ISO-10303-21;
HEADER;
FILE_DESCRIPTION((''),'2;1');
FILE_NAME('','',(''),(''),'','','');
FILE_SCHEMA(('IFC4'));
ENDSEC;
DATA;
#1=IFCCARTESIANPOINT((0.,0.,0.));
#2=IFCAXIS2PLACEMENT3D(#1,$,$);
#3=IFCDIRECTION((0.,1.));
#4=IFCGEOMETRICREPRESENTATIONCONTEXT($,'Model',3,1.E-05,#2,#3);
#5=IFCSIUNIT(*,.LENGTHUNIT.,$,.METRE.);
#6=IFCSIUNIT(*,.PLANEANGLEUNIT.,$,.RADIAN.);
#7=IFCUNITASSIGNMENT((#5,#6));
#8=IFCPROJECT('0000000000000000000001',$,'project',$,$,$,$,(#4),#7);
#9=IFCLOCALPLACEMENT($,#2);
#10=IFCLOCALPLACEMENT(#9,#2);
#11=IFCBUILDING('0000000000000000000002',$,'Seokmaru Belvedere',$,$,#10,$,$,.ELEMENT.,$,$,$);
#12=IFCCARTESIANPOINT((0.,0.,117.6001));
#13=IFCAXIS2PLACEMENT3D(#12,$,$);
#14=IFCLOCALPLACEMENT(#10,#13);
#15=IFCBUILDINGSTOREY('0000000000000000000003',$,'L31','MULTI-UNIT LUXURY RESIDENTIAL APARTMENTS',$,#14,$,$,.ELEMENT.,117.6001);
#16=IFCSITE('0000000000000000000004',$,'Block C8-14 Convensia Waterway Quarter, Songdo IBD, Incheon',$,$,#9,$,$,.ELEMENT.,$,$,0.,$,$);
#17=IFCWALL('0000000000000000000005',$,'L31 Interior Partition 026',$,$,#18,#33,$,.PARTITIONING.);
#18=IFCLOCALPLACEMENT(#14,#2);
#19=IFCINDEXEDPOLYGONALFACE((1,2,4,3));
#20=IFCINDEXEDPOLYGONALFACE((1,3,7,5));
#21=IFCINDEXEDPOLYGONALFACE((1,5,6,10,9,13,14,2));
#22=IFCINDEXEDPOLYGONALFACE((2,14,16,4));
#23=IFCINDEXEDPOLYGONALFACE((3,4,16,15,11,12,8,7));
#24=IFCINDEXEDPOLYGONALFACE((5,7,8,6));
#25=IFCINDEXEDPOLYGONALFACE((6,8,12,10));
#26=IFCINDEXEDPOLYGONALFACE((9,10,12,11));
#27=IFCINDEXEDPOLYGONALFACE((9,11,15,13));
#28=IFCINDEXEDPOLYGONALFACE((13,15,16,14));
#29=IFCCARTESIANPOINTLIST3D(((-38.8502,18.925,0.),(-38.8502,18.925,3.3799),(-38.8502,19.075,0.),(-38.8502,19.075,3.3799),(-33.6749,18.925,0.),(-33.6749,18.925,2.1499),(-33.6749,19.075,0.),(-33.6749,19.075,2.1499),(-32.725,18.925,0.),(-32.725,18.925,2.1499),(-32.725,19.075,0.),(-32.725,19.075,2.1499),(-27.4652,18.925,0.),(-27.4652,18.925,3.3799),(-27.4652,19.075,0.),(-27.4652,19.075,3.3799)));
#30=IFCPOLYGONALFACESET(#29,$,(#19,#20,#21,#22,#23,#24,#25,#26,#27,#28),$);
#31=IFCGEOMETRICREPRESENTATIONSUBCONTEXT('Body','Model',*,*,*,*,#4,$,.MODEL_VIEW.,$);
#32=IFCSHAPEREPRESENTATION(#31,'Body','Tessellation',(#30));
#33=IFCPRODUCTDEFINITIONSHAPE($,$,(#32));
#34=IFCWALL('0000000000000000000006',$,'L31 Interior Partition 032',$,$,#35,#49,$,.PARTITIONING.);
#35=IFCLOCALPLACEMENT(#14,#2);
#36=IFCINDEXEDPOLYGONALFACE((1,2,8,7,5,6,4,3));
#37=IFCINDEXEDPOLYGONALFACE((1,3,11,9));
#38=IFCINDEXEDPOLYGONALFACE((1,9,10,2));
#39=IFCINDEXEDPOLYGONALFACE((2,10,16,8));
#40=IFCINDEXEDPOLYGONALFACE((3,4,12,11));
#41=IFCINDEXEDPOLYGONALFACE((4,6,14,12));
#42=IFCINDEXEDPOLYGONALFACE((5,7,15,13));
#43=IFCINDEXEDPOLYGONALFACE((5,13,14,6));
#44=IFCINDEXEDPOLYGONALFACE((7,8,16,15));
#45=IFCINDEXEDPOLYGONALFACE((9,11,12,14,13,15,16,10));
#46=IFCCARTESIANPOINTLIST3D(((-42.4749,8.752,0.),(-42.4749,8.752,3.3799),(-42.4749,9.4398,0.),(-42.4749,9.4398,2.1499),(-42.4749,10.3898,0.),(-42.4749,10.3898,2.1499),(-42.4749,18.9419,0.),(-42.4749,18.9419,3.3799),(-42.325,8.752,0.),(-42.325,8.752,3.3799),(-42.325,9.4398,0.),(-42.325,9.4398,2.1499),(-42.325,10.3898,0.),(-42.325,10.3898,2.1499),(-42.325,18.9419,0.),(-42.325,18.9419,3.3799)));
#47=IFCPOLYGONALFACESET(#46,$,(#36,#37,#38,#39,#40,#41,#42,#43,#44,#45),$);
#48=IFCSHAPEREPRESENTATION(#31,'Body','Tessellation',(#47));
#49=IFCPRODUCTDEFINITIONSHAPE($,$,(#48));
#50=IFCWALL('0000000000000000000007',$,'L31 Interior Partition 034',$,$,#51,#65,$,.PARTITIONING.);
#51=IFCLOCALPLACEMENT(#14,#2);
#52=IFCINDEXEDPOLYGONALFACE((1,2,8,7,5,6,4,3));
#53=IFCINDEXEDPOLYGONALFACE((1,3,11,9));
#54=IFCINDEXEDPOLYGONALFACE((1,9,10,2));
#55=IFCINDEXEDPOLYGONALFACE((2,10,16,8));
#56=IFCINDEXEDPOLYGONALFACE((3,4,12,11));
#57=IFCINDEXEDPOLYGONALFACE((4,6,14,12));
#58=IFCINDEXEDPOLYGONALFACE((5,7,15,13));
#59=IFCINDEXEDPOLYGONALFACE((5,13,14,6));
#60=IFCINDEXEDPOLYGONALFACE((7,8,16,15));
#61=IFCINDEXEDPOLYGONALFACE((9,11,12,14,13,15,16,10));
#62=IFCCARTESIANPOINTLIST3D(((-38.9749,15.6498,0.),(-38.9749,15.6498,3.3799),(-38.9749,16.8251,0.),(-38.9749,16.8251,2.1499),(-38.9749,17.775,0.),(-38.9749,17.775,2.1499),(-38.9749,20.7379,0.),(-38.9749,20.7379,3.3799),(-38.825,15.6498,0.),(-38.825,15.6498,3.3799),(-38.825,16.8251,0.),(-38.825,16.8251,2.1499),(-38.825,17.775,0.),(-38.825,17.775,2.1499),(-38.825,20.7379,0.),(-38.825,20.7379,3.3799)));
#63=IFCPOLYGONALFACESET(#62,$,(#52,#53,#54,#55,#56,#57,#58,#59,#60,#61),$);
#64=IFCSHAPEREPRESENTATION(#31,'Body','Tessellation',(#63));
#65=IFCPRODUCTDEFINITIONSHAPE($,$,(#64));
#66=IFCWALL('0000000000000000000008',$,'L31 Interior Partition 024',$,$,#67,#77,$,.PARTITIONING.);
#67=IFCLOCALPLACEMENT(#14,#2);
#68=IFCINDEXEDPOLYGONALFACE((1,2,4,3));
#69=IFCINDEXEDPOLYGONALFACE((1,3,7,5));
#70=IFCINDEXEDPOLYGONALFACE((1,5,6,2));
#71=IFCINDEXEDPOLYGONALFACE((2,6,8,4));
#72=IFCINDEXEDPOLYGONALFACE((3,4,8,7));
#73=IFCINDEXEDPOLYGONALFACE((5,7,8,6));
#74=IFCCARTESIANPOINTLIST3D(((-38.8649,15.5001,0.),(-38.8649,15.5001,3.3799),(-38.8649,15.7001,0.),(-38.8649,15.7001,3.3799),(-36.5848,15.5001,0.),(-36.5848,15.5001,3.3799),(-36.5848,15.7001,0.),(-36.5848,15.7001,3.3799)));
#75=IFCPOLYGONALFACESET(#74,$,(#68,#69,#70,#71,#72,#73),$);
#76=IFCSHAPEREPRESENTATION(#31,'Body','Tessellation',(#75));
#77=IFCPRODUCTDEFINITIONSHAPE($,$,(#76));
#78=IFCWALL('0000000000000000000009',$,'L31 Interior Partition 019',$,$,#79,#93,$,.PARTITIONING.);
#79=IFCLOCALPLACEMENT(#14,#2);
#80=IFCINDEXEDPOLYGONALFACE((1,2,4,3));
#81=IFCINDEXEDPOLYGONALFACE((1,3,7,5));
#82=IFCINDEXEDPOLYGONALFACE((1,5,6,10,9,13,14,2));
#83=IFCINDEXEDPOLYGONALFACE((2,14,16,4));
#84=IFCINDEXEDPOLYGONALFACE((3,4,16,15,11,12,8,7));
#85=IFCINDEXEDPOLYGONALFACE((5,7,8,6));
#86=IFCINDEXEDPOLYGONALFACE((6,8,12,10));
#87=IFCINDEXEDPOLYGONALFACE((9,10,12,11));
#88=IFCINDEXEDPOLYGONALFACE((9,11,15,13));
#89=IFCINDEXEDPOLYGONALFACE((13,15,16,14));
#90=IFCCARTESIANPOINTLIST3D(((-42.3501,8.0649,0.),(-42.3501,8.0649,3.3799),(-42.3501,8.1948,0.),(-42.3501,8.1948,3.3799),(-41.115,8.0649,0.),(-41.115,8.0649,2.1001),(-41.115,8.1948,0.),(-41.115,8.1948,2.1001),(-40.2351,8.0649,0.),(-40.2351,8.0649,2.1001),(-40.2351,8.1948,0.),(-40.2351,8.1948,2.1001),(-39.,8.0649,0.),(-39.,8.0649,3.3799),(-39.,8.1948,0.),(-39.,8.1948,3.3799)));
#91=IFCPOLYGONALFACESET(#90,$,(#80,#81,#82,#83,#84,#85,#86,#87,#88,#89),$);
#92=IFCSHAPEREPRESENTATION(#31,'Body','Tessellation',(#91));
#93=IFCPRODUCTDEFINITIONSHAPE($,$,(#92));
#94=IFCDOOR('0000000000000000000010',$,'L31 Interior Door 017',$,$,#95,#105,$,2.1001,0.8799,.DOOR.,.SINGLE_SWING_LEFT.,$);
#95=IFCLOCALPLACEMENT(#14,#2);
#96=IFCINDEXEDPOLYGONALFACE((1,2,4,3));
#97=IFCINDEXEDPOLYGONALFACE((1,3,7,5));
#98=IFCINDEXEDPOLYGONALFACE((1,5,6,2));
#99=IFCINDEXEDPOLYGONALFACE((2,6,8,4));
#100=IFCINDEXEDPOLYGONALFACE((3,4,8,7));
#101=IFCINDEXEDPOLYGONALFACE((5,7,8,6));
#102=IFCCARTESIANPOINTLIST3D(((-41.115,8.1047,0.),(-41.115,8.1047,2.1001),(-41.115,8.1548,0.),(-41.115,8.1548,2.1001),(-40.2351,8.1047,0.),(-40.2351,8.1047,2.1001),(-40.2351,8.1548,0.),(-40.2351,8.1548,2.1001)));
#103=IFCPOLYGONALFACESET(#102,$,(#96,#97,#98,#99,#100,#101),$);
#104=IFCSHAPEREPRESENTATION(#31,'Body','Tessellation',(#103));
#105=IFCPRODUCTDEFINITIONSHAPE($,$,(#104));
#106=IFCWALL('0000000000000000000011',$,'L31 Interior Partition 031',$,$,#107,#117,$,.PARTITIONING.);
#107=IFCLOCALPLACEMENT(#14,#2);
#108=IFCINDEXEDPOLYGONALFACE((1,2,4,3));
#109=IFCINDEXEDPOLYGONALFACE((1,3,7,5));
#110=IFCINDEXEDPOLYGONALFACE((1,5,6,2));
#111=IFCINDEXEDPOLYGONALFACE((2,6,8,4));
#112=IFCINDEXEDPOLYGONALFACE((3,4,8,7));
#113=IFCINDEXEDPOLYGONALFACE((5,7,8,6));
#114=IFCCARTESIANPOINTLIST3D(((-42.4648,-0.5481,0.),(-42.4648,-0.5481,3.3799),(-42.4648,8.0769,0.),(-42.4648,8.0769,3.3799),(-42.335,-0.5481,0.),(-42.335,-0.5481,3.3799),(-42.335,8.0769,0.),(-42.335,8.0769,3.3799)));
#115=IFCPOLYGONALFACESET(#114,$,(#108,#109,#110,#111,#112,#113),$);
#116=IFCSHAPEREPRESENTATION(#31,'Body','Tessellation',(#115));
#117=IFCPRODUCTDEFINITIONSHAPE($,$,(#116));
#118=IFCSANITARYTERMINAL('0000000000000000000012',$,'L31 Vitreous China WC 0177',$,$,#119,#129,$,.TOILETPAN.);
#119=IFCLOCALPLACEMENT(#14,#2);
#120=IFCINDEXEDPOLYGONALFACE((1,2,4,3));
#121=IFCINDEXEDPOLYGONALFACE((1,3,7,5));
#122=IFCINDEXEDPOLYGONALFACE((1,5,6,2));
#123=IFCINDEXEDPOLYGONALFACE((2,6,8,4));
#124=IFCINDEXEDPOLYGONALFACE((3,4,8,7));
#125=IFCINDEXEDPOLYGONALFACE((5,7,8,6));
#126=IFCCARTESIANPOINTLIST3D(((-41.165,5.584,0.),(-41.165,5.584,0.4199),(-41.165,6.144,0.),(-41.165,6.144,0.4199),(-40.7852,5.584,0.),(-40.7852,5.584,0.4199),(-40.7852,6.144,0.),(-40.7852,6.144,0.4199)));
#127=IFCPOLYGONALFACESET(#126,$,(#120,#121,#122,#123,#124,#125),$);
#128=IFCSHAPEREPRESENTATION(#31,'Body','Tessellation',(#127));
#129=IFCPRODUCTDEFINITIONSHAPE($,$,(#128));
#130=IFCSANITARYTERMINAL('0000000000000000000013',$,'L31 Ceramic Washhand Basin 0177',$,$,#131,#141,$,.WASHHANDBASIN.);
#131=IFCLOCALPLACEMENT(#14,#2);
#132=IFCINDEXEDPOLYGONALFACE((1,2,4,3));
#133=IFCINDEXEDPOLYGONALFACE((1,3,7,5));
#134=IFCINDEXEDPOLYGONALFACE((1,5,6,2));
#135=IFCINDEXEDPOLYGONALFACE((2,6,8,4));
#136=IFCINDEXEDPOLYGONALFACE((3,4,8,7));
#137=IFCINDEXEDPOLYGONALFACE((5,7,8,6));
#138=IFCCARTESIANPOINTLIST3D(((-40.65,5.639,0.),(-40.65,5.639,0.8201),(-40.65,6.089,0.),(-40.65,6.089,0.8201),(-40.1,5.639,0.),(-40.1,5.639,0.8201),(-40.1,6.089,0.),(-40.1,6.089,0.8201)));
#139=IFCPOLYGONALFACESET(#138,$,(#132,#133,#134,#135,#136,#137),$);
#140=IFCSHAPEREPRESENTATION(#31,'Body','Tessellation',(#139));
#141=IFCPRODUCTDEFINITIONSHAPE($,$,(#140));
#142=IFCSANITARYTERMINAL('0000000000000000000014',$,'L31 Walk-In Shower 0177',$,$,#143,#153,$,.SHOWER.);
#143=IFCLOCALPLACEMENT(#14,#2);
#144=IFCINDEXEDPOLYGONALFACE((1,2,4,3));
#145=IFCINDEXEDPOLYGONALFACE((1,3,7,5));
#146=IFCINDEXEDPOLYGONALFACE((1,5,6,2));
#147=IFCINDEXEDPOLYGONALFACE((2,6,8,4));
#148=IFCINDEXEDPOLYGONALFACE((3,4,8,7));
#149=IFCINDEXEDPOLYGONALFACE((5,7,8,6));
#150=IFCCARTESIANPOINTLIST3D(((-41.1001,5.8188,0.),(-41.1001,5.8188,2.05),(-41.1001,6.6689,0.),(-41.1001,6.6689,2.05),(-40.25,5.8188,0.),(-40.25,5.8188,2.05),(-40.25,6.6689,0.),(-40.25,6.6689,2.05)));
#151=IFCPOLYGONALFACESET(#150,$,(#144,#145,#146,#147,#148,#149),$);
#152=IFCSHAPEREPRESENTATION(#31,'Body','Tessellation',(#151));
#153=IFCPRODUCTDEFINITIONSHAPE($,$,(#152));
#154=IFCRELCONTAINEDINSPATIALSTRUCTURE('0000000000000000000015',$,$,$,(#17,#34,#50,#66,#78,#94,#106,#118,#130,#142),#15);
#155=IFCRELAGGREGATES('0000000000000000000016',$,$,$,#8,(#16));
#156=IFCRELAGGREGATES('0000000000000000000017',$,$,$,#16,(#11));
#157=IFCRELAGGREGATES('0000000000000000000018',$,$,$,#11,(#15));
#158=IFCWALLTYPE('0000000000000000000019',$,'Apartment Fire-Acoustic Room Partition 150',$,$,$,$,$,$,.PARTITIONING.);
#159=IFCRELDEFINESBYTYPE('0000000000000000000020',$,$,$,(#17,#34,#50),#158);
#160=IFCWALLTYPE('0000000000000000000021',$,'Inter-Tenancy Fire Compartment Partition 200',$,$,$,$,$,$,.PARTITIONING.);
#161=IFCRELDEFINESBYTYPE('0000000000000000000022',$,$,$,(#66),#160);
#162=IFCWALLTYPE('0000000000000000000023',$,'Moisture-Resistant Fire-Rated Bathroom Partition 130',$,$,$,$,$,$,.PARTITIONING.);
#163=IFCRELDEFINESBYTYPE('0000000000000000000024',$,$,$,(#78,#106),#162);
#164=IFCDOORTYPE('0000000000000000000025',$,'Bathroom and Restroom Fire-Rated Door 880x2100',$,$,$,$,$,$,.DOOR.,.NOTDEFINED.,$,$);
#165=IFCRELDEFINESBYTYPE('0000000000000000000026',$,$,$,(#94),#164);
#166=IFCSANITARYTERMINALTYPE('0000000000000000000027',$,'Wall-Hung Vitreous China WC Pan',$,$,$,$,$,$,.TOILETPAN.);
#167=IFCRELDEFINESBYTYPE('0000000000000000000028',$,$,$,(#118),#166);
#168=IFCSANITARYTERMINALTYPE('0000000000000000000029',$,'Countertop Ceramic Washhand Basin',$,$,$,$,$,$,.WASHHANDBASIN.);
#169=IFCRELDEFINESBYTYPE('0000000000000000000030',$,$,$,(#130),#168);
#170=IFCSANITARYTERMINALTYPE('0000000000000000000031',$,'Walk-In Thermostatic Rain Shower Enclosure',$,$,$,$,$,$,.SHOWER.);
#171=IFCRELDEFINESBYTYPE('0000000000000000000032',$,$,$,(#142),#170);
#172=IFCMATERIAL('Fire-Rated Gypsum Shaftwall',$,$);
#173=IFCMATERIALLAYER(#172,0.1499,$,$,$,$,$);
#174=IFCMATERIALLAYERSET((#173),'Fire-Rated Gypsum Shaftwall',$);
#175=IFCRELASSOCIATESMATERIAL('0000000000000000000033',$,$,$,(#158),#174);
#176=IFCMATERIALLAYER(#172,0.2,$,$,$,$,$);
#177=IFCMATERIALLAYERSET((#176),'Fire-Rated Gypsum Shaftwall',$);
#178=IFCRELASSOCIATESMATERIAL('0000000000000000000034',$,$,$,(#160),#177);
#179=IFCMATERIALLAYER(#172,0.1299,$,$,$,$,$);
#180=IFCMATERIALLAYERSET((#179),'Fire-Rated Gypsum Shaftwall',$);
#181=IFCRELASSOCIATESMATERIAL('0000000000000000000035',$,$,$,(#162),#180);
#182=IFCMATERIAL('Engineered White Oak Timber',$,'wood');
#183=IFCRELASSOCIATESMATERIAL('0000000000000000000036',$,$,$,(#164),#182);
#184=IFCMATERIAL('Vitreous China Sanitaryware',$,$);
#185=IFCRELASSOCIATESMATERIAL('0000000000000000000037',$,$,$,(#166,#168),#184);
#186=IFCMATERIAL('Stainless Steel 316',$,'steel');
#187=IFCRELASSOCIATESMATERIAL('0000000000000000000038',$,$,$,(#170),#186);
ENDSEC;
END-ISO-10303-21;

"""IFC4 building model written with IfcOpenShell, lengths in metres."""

from ifc_helpers import new_model, si_unit, direction, frame, frame_2d, origin, origin_2d, place, context, subcontext, project, spatial, rectangle, extrude, source, transform, mapped, material, layer, layer_set, type_object, type_shapes, element, fill, save


model = new_model("IFC4")

# Units and contexts
model_context = context("Model", 3, precision=1e-05, world=origin(), true_north=direction((0.0, 1.0)))
body_context = subcontext(model_context, "Body", "Model", "MODEL_VIEW")
ifc_project = project(units=[si_unit("LENGTHUNIT", "METRE"), si_unit("PLANEANGLEUNIT", "RADIAN")], contexts=[model_context])

# Site, building, storey
site_placement = place(None, origin())
site = spatial("IfcSite", under=ifc_project, at=site_placement, Name="Block C8-14 Convensia Waterway Quarter, Songdo IBD, Incheon", CompositionType="ELEMENT", RefElevation=0.0)
building_placement = place(site_placement, origin())
building = spatial("IfcBuilding", under=site, at=building_placement, Name="Seokmaru Belvedere", CompositionType="ELEMENT")
storey_placement = place(building_placement, frame((0.0, 0.0, 117.6001)))
storey = spatial("IfcBuildingStorey", under=building, at=storey_placement, Name="L31", Description="MULTI-UNIT LUXURY RESIDENTIAL APARTMENTS", CompositionType="ELEMENT", Elevation=117.6001)

# Shared definitions
ifc_material_1 = material(Name="Fire-Rated Gypsum Shaftwall")
ifc_layer_1 = layer(ifc_material_1, 0.1499)
ifc_layer_set_1 = layer_set([ifc_layer_1], Name="Fire-Rated Gypsum Shaftwall")
wall_type_1 = type_object("IfcWallType", Name="Apartment Fire-Acoustic Room Partition 150", PredefinedType="PARTITIONING", material=ifc_layer_set_1)
ifc_material_2 = material(Name="Engineered White Oak Timber", Category="wood")

# Walls, openings
wall_1_placement = place(storey_placement, frame((-38.8501, 19.0, 0.0), z_axis=(0.0, 0.0, 1.0), x_axis=(1.0, 0.0, 0.0)))
wall_1 = element("IfcWall", 1, at=wall_1_placement, inside=storey, type_object=wall_type_1, Name="L31 Interior Partition 026", PredefinedType="PARTITIONING", context=body_context, shape_type="SweptSolid", body=[
    extrude(rectangle(XDim=11.385, YDim=0.1499, at=frame_2d((5.6924, 0.0))), origin(), (0.0, 0.0, 1.0), 3.3799),
])
opening_1_placement = place(wall_1_placement, frame((5.175, 0.0, 0.0)))
element("IfcOpeningElement", 2, at=opening_1_placement, cuts=wall_1, PredefinedType="OPENING", context=body_context, shape_type="SweptSolid", body=[
    extrude(rectangle(XDim=0.95, YDim=2.1499, at=frame_2d((0.4751, 1.075))), frame((0.0, 0.085, 0.0), z_axis=(0.0, -1.0, 0.0), x_axis=(1.0, 0.0, 0.0)), (0.0, 0.0, 1.0), 0.1699),
])
wall_2_placement = place(storey_placement, frame((-42.3999, 8.752, 0.0), z_axis=(0.0, 0.0, 1.0), x_axis=(0.0, 1.0, 0.0)))
wall_2 = element("IfcWall", 3, at=wall_2_placement, inside=storey, type_object=wall_type_1, Name="L31 Interior Partition 032", PredefinedType="PARTITIONING", context=body_context, shape_type="SweptSolid", body=[
    extrude(rectangle(XDim=10.1899, YDim=0.1499, at=frame_2d((5.095, 0.0))), origin(), (0.0, 0.0, 1.0), 3.3799),
])
opening_2_placement = place(wall_2_placement, frame((0.6877, 0.0, 0.0)))
element("IfcOpeningElement", 4, at=opening_2_placement, cuts=wall_2, PredefinedType="OPENING", context=body_context, shape_type="SweptSolid", body=[
    extrude(rectangle(XDim=0.95, YDim=2.1499, at=frame_2d((0.4751, 1.075))), frame((0.0, 0.085, 0.0), z_axis=(0.0, -1.0, 0.0), x_axis=(1.0, 0.0, 0.0)), (0.0, 0.0, 1.0), 0.1699),
])
wall_3_placement = place(storey_placement, frame((-38.8999, 15.6499, 0.0), z_axis=(0.0, 0.0, 1.0), x_axis=(0.0, 1.0, 0.0)))
wall_3 = element("IfcWall", 5, at=wall_3_placement, inside=storey, type_object=wall_type_1, Name="L31 Interior Partition 034", PredefinedType="PARTITIONING", context=body_context, shape_type="SweptSolid", body=[
    extrude(rectangle(XDim=5.0881, YDim=0.1499, at=frame_2d((2.5439, 0.0))), origin(), (0.0, 0.0, 1.0), 3.3799),
])
opening_3_placement = place(wall_3_placement, frame((1.175, 0.0, 0.0)))
element("IfcOpeningElement", 6, at=opening_3_placement, cuts=wall_3, PredefinedType="OPENING", context=body_context, shape_type="SweptSolid", body=[
    extrude(rectangle(XDim=0.95, YDim=2.1499, at=frame_2d((0.4751, 1.075))), frame((0.0, 0.085, 0.0), z_axis=(0.0, -1.0, 0.0), x_axis=(1.0, 0.0, 0.0)), (0.0, 0.0, 1.0), 0.1699),
])

# Wall
ifc_layer_2 = layer(ifc_material_1, 0.2)
ifc_layer_set_2 = layer_set([ifc_layer_2], Name="Fire-Rated Gypsum Shaftwall")
wall_type_2 = type_object("IfcWallType", Name="Inter-Tenancy Fire Compartment Partition 200", PredefinedType="PARTITIONING", material=ifc_layer_set_2)
wall_4_placement = place(storey_placement, frame((-38.865, 15.6001, 0.0), z_axis=(0.0, 0.0, 1.0), x_axis=(1.0, 0.0, 0.0)))
element("IfcWall", 7, at=wall_4_placement, inside=storey, type_object=wall_type_2, Name="L31 Interior Partition 024", PredefinedType="PARTITIONING", context=body_context, shape_type="SweptSolid", body=[
    extrude(rectangle(XDim=2.28, YDim=0.2, at=frame_2d((1.1401, 0.0))), origin(), (0.0, 0.0, 1.0), 3.3799),
])

# Wall, opening, door
ifc_layer_3 = layer(ifc_material_1, 0.1299)
ifc_layer_set_3 = layer_set([ifc_layer_3], Name="Fire-Rated Gypsum Shaftwall")
wall_type_3 = type_object("IfcWallType", Name="Moisture-Resistant Fire-Rated Bathroom Partition 130", PredefinedType="PARTITIONING", material=ifc_layer_set_3)
wall_5_placement = place(storey_placement, frame((-42.3501, 8.1299, 0.0), z_axis=(0.0, 0.0, 1.0), x_axis=(1.0, 0.0, 0.0)))
wall_5 = element("IfcWall", 8, at=wall_5_placement, inside=storey, type_object=wall_type_3, Name="L31 Interior Partition 019", PredefinedType="PARTITIONING", context=body_context, shape_type="SweptSolid", body=[
    extrude(rectangle(XDim=3.3501, YDim=0.1299, at=frame_2d((1.675, 0.0))), origin(), (0.0, 0.0, 1.0), 3.3799),
])
opening_4_placement = place(wall_5_placement, frame((1.2351, 0.0, 0.0)))
opening_4 = element("IfcOpeningElement", 9, at=opening_4_placement, cuts=wall_5, PredefinedType="OPENING", context=body_context, shape_type="SweptSolid", body=[
    extrude(rectangle(XDim=0.8799, YDim=2.1001, at=frame_2d((0.4399, 1.05))), frame((0.0, 0.075, 0.0), z_axis=(0.0, -1.0, 0.0), x_axis=(1.0, 0.0, 0.0)), (0.0, 0.0, 1.0), 0.1499),
])
door_type_1 = type_object("IfcDoorType", Name="Bathroom and Restroom Fire-Rated Door 880x2100", OperationType="NOTDEFINED", PredefinedType="DOOR", material=ifc_material_2)
shared_shape_1 = source(origin(), body_context, "Body", "SweptSolid", [
    extrude(rectangle(XDim=0.8799, YDim=2.1001, at=frame_2d((0.4399, 1.05))), frame((0.0, 0.0249, 0.0), z_axis=(0.0, -1.0, 0.0), x_axis=(1.0, 0.0, 0.0)), (0.0, 0.0, 1.0), 0.05),
])
type_shapes(door_type_1, [shared_shape_1])
door_1_placement = place(opening_4_placement, origin())
door_1 = element("IfcDoor", 10, at=door_1_placement, inside=storey, type_object=door_type_1, Name="L31 Interior Door 017", OperationType="SINGLE_SWING_LEFT", OverallHeight=2.1001, OverallWidth=0.8799, PredefinedType="DOOR", context=body_context, shape_type="MappedRepresentation", body=[
    mapped(shared_shape_1, transform((0.0, 0.0, 0.0), scale=1.0)),
])
fill(opening_4, door_1)

# Wall
wall_6_placement = place(storey_placement, frame((-42.3999, -0.5481, 0.0), z_axis=(0.0, 0.0, 1.0), x_axis=(0.0, 1.0, 0.0)))
element("IfcWall", 11, at=wall_6_placement, inside=storey, type_object=wall_type_3, Name="L31 Interior Partition 031", PredefinedType="PARTITIONING", context=body_context, shape_type="SweptSolid", body=[
    extrude(rectangle(XDim=8.625, YDim=0.1299, at=frame_2d((4.3125, 0.0))), origin(), (0.0, 0.0, 1.0), 3.3799),
])

# Sanitary terminals
ifc_material_3 = material(Name="Vitreous China Sanitaryware")
sanitary_terminal_type_1 = type_object("IfcSanitaryTerminalType", Name="Wall-Hung Vitreous China WC Pan", PredefinedType="TOILETPAN", material=ifc_material_3)
shared_shape_2 = source(origin(), body_context, "Body", "SweptSolid", [
    extrude(rectangle(XDim=0.3799, YDim=0.5601, at=origin_2d()), origin(), (0.0, 0.0, 1.0), 0.4199),
])
type_shapes(sanitary_terminal_type_1, [shared_shape_2])
sanitary_terminal_1_placement = place(storey_placement, frame((-40.9751, 5.864, 0.0), z_axis=(0.0, 0.0, 1.0), x_axis=(1.0, 0.0, 0.0)))
element("IfcSanitaryTerminal", 12, at=sanitary_terminal_1_placement, inside=storey, type_object=sanitary_terminal_type_1, Name="L31 Vitreous China WC 0177", PredefinedType="TOILETPAN", context=body_context, shape_type="MappedRepresentation", body=[
    mapped(shared_shape_2, transform((0.0, 0.0, 0.0), scale=1.0)),
])
sanitary_terminal_type_2 = type_object("IfcSanitaryTerminalType", Name="Countertop Ceramic Washhand Basin", PredefinedType="WASHHANDBASIN", material=ifc_material_3)
shared_shape_3 = source(origin(), body_context, "Body", "SweptSolid", [
    extrude(rectangle(XDim=0.55, YDim=0.45, at=origin_2d()), origin(), (0.0, 0.0, 1.0), 0.8201),
])
type_shapes(sanitary_terminal_type_2, [shared_shape_3])
sanitary_terminal_2_placement = place(storey_placement, frame((-40.375, 5.864, 0.0), z_axis=(0.0, 0.0, 1.0), x_axis=(1.0, 0.0, 0.0)))
element("IfcSanitaryTerminal", 13, at=sanitary_terminal_2_placement, inside=storey, type_object=sanitary_terminal_type_2, Name="L31 Ceramic Washhand Basin 0177", PredefinedType="WASHHANDBASIN", context=body_context, shape_type="MappedRepresentation", body=[
    mapped(shared_shape_3, transform((0.0, 0.0, 0.0), scale=1.0)),
])
ifc_material_4 = material(Name="Stainless Steel 316", Category="steel")
sanitary_terminal_type_3 = type_object("IfcSanitaryTerminalType", Name="Walk-In Thermostatic Rain Shower Enclosure", PredefinedType="SHOWER", material=ifc_material_4)
shared_shape_4 = source(origin(), body_context, "Body", "SweptSolid", [
    extrude(rectangle(XDim=0.8501, YDim=0.8501, at=origin_2d()), origin(), (0.0, 0.0, 1.0), 2.05),
])
type_shapes(sanitary_terminal_type_3, [shared_shape_4])
sanitary_terminal_3_placement = place(storey_placement, frame((-40.675, 6.2439, 0.0), z_axis=(0.0, 0.0, 1.0), x_axis=(1.0, 0.0, 0.0)))
element("IfcSanitaryTerminal", 14, at=sanitary_terminal_3_placement, inside=storey, type_object=sanitary_terminal_type_3, Name="L31 Walk-In Shower 0177", PredefinedType="SHOWER", context=body_context, shape_type="MappedRepresentation", body=[
    mapped(shared_shape_4, transform((0.0, 0.0, 0.0), scale=1.0)),
])

save(model, "model.ifc")
